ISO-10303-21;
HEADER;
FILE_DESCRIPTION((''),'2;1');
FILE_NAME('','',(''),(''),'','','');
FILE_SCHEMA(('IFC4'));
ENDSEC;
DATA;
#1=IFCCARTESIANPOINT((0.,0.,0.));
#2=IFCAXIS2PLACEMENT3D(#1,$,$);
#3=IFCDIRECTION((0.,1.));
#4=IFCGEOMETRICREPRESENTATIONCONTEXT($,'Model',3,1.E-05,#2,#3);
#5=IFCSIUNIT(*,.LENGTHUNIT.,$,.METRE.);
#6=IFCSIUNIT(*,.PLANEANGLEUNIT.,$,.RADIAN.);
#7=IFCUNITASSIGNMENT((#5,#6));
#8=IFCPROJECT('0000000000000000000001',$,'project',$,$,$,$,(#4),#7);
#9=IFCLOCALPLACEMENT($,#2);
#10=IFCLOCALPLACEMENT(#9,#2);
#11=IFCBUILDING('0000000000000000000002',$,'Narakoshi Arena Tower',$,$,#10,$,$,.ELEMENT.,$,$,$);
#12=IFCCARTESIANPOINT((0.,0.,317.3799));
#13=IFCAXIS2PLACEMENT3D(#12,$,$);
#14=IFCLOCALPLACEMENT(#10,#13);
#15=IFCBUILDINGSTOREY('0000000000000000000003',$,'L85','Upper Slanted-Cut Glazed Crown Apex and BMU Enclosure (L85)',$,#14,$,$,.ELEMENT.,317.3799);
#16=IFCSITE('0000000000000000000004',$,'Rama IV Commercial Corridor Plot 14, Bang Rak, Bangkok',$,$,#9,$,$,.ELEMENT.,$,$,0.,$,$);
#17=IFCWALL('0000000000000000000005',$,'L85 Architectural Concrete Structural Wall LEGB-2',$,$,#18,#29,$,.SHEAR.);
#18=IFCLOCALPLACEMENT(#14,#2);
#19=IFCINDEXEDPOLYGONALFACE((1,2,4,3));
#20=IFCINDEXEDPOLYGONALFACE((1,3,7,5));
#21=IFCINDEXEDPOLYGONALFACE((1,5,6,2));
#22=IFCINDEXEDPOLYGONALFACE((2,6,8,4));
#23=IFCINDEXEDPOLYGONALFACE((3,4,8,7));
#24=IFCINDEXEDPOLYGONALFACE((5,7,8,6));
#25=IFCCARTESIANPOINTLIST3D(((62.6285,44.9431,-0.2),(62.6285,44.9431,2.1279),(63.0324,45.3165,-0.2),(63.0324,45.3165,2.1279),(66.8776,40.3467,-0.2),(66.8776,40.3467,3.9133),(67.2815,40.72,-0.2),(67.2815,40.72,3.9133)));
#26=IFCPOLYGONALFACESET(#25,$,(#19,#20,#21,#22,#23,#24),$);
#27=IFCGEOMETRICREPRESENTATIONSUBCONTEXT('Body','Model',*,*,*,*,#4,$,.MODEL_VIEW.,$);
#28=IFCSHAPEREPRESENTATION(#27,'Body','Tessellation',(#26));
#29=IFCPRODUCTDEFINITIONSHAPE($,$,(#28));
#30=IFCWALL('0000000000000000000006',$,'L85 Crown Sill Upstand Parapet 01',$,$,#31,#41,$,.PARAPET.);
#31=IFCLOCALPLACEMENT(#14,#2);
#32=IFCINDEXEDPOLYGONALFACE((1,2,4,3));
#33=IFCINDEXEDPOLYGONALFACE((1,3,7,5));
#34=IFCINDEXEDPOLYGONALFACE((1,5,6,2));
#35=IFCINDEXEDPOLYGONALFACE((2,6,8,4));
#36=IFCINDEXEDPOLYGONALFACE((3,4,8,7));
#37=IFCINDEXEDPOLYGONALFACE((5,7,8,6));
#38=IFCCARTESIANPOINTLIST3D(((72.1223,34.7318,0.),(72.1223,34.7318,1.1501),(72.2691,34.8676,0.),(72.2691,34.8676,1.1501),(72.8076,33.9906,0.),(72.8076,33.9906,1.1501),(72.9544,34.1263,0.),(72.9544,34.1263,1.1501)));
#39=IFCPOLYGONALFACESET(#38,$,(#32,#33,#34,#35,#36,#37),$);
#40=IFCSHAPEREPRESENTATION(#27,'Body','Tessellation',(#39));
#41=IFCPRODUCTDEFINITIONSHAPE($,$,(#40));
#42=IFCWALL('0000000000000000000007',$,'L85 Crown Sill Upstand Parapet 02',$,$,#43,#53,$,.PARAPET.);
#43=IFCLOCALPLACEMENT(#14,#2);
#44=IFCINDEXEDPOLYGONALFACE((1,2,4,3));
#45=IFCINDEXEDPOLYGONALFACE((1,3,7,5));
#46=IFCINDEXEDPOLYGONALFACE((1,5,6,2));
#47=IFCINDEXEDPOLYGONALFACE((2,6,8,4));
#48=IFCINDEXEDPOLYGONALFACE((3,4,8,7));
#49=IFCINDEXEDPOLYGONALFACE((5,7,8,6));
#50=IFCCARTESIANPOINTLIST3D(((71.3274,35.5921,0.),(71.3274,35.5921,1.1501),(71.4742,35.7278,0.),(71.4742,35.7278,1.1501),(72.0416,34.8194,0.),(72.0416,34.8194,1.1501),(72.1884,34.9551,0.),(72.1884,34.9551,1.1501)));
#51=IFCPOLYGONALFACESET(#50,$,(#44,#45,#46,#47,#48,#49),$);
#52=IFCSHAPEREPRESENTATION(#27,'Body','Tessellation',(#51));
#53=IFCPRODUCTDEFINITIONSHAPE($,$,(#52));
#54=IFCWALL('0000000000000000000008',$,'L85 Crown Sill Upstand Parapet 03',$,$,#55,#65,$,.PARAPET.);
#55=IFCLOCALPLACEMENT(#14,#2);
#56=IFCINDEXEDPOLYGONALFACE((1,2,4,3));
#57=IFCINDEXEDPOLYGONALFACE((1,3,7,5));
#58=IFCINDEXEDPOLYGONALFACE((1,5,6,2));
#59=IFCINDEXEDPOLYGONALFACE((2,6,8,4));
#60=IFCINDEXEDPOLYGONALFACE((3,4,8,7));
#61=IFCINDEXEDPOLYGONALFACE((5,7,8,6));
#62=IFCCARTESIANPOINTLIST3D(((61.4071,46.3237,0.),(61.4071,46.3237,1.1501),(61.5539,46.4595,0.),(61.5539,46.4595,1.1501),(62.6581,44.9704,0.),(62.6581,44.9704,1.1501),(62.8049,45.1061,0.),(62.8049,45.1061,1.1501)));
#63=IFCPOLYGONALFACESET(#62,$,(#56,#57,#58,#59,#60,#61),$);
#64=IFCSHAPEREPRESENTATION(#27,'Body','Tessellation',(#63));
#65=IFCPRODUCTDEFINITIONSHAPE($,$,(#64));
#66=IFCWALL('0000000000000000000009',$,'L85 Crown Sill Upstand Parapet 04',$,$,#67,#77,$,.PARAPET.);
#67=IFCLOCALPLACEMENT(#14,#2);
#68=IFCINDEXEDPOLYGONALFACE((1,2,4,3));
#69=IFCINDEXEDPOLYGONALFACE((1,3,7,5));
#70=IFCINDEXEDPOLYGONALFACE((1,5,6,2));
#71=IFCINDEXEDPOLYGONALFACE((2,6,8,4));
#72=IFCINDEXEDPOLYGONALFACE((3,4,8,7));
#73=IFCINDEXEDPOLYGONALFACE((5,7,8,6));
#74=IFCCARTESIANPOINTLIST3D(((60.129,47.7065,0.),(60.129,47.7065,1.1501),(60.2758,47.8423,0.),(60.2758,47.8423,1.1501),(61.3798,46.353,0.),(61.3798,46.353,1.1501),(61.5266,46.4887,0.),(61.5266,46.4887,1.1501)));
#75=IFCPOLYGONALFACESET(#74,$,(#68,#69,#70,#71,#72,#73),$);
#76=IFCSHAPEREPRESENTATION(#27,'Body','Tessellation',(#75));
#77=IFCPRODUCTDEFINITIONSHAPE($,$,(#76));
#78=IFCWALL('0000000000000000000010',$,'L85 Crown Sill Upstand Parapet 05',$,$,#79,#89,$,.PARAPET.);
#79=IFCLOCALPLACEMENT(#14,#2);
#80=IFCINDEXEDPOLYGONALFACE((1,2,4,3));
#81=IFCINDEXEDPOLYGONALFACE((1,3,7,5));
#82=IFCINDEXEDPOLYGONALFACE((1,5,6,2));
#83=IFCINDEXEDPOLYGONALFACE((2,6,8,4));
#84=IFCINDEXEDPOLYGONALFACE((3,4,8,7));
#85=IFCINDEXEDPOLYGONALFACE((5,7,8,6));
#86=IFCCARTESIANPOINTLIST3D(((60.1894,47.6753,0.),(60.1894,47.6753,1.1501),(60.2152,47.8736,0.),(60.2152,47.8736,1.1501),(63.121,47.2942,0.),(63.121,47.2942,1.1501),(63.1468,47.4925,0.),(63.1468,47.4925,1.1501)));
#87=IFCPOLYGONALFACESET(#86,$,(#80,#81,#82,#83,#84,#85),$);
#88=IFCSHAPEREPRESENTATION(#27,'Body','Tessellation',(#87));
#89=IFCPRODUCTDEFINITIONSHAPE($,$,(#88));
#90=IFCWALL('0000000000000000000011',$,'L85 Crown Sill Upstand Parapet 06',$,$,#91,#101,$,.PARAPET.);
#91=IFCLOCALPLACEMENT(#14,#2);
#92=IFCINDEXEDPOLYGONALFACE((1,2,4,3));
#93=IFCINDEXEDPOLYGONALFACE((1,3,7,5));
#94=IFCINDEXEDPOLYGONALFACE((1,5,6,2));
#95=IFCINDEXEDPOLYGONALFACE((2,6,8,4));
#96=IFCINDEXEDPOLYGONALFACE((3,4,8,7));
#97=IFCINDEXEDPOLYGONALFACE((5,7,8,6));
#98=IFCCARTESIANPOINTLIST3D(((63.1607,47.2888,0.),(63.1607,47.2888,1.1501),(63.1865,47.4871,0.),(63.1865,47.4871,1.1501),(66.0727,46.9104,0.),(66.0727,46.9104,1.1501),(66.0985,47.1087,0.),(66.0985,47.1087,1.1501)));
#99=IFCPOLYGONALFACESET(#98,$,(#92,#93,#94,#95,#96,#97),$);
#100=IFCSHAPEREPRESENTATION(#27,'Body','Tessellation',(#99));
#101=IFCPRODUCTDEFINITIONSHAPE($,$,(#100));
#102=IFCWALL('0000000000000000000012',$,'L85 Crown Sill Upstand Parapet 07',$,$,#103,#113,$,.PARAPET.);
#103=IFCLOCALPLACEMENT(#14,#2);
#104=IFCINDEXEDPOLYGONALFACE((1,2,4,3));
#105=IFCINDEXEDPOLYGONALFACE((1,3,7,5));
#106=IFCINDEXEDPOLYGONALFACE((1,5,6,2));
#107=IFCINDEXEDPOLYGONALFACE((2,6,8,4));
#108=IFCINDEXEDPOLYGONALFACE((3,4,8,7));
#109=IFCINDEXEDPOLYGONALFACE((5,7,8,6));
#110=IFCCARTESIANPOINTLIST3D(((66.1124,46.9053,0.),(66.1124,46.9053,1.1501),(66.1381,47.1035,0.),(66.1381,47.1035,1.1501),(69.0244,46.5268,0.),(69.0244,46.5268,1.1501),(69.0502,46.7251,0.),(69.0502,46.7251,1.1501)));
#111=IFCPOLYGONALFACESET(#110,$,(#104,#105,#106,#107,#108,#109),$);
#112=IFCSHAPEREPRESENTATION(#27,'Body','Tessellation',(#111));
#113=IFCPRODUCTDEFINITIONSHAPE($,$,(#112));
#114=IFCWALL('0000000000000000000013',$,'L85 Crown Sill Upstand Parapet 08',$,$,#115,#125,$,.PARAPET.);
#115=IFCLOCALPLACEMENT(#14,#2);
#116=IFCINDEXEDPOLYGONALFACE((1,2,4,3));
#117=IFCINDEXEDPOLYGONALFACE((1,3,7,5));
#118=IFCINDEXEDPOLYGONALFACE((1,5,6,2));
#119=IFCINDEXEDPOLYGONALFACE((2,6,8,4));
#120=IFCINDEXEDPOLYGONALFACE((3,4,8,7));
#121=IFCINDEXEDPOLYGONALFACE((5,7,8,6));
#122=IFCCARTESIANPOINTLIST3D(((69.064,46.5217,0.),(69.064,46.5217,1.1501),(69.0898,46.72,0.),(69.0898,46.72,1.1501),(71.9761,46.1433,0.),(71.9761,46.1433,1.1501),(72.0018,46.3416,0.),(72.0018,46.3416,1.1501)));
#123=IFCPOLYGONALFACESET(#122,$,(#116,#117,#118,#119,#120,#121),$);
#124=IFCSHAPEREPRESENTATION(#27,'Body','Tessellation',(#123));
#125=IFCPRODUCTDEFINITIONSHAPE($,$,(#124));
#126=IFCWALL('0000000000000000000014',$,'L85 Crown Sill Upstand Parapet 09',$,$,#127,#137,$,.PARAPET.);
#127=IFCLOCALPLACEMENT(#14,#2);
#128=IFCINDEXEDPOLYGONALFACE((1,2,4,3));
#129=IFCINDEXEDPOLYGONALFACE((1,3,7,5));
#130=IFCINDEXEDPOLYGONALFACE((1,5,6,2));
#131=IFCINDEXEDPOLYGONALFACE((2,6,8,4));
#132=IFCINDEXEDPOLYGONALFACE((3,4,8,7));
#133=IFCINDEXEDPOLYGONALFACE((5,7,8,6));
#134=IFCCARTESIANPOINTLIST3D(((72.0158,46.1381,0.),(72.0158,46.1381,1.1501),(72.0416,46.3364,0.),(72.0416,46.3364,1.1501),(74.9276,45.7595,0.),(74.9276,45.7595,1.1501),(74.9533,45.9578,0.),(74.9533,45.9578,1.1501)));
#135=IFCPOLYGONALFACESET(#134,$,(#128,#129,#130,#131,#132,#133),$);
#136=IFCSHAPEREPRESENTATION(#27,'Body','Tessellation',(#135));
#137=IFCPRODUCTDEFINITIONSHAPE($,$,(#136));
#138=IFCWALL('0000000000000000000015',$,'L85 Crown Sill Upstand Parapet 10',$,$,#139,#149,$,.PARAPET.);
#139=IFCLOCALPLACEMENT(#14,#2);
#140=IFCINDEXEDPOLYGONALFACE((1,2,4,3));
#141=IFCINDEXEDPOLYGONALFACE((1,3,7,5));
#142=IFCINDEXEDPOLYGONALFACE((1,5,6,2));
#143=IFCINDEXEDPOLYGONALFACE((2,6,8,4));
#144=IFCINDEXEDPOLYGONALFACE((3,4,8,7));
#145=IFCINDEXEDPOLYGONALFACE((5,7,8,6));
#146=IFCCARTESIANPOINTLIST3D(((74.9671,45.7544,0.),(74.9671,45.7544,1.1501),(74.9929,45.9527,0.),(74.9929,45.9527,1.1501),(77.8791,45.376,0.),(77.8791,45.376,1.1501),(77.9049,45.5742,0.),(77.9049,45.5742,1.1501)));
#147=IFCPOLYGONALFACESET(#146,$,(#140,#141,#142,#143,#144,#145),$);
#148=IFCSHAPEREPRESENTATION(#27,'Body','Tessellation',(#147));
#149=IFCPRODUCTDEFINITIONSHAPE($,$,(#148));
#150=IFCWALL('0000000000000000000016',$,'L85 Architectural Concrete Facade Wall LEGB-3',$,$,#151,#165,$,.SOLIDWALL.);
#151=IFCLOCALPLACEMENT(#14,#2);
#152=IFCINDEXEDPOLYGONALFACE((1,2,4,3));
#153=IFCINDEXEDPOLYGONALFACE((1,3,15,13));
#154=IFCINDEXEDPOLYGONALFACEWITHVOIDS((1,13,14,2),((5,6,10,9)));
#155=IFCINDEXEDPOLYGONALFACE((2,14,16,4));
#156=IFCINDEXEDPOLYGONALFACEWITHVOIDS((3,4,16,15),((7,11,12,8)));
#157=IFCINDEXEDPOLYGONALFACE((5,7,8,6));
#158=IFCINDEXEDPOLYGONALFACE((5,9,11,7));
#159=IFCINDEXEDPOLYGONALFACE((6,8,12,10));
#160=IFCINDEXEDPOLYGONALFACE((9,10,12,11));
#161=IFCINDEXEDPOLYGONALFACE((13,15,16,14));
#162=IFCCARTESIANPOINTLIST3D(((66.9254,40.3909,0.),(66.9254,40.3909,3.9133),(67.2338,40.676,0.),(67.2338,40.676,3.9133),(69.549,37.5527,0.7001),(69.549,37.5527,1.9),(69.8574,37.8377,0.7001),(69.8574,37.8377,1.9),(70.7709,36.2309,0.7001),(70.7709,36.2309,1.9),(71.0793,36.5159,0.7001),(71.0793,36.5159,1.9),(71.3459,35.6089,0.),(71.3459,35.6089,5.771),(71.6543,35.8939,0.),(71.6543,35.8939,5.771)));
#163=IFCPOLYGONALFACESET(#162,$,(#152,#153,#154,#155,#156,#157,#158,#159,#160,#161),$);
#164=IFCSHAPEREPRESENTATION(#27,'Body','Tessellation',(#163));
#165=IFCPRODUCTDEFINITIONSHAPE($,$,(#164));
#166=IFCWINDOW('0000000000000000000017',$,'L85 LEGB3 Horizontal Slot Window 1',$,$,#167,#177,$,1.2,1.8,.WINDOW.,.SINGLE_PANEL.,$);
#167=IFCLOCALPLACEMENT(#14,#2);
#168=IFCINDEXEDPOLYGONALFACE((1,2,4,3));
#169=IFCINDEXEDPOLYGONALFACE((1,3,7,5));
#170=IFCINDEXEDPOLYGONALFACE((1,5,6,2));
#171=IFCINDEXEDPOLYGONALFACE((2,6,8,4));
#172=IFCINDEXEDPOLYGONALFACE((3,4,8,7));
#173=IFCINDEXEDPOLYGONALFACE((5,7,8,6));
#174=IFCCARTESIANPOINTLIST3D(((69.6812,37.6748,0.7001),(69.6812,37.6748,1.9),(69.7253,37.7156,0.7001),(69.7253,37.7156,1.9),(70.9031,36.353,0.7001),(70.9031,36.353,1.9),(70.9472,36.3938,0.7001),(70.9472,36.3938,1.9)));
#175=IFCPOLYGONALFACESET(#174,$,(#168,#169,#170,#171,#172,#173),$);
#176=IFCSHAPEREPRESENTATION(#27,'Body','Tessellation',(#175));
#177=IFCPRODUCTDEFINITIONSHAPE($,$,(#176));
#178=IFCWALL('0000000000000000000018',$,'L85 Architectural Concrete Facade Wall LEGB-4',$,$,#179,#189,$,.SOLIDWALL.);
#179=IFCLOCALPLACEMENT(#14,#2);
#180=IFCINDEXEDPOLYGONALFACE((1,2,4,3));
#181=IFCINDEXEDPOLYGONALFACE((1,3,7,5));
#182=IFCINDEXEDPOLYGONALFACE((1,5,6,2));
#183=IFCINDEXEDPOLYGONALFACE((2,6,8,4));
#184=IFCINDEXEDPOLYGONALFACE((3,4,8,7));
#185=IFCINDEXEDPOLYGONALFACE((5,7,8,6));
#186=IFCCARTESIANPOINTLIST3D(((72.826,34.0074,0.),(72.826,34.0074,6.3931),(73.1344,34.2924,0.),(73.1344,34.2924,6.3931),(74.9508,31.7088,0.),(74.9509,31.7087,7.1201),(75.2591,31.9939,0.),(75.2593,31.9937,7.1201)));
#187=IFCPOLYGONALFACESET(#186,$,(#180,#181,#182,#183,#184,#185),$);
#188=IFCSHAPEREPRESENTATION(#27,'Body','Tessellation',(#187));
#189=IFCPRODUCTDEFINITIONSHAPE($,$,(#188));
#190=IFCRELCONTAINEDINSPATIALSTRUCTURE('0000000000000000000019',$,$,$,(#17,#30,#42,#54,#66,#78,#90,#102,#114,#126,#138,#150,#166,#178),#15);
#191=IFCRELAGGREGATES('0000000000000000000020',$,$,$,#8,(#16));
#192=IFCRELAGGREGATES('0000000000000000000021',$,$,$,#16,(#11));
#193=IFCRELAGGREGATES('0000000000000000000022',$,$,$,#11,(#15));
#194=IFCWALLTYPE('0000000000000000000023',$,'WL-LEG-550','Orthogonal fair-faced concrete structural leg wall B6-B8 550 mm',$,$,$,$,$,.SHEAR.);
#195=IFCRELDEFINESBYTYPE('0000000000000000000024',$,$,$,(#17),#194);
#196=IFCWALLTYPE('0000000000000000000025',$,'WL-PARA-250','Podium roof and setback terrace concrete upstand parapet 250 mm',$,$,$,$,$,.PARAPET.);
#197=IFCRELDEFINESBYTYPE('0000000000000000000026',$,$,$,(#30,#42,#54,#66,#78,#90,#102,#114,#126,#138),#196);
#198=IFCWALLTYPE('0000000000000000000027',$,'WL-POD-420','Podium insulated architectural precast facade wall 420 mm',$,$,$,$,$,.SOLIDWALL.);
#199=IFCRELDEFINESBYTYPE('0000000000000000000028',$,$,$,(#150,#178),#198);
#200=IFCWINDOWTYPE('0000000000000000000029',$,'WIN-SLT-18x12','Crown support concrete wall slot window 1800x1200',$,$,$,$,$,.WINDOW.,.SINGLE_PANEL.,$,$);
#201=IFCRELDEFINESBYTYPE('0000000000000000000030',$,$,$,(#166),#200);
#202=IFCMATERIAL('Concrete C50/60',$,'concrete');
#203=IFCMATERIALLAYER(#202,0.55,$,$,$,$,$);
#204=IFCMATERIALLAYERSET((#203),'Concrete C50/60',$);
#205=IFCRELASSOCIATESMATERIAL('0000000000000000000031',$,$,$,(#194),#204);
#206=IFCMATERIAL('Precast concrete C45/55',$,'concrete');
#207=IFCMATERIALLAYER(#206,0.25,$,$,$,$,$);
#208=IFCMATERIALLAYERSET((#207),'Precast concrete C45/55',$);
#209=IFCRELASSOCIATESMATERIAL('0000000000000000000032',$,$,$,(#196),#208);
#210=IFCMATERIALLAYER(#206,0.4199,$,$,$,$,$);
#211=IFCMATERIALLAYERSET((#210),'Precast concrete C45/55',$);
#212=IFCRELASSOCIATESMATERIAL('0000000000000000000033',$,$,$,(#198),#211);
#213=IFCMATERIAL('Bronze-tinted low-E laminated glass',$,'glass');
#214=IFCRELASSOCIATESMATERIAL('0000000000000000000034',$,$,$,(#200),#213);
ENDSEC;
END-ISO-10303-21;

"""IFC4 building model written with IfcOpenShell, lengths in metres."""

from ifc_helpers import new_model, si_unit, direction, frame, frame_2d, origin, place, context, subcontext, project, spatial, polyline, rectangle, outline, extrude, material, layer, layer_set, type_object, element, fill, save


model = new_model("IFC4")

# Units and contexts
model_context = context("Model", 3, precision=1e-05, world=origin(), true_north=direction((0.0, 1.0)))
body_context = subcontext(model_context, "Body", "Model", "MODEL_VIEW")
ifc_project = project(units=[si_unit("LENGTHUNIT", "METRE"), si_unit("PLANEANGLEUNIT", "RADIAN")], contexts=[model_context])

# Site, building, storey
site_placement = place(None, origin())
site = spatial("IfcSite", under=ifc_project, at=site_placement, Name="Rama IV Commercial Corridor Plot 14, Bang Rak, Bangkok", CompositionType="ELEMENT", RefElevation=0.0)
building_placement = place(site_placement, origin())
building = spatial("IfcBuilding", under=site, at=building_placement, Name="Narakoshi Arena Tower", CompositionType="ELEMENT")
storey_placement = place(building_placement, frame((0.0, 0.0, 317.3799)))
storey = spatial("IfcBuildingStorey", under=building, at=storey_placement, Name="L85", Description="Upper Slanted-Cut Glazed Crown Apex and BMU Enclosure (L85)", CompositionType="ELEMENT", Elevation=317.3799)

# Shared definitions
ifc_material_1 = material(Name="Concrete C50/60", Category="concrete")

# Walls
ifc_layer_1 = layer(ifc_material_1, 0.55)
ifc_layer_set_1 = layer_set([ifc_layer_1], Name="Concrete C50/60")
wall_type_1 = type_object("IfcWallType", Name="WL-LEG-550", Description="Orthogonal fair-faced concrete structural leg wall B6-B8 550 mm", PredefinedType="SHEAR", material=ifc_layer_set_1)
wall_1_placement = place(storey_placement, frame((62.8306, 45.1299, -0.2), z_axis=(0.0, 0.0, 1.0), x_axis=(0.678811, -0.734313, 0.0)))
element("IfcWall", 1, at=wall_1_placement, inside=storey, type_object=wall_type_1, Name="L85 Architectural Concrete Structural Wall LEGB-2", PredefinedType="SHEAR", context=body_context, shape_type="SweptSolid", body=[
    extrude(outline(polyline([(0.0, 0.0), (6.2595, 0.0), (6.2595, 4.1133), (0.0, 2.3279), (0.0, 0.0)])), frame((0.0, 0.2749, 0.0), z_axis=(0.0, -1.0, 0.0), x_axis=(1.0, 0.0, 0.0)), (0.0, 0.0, 1.0), 0.55),
])
ifc_material_2 = material(Name="Precast concrete C45/55", Category="concrete")
ifc_layer_2 = layer(ifc_material_2, 0.25)
ifc_layer_set_2 = layer_set([ifc_layer_2], Name="Precast concrete C45/55")
wall_type_2 = type_object("IfcWallType", Name="WL-PARA-250", Description="Podium roof and setback terrace concrete upstand parapet 250 mm", PredefinedType="PARAPET", material=ifc_layer_set_2)
wall_2_placement = place(storey_placement, frame((72.8811, 34.0583, 0.0), z_axis=(0.0, 0.0, 1.0), x_axis=(-0.678873, 0.734256, 0.0)))
element("IfcWall", 2, at=wall_2_placement, inside=storey, type_object=wall_type_2, Name="L85 Crown Sill Upstand Parapet 01", PredefinedType="PARAPET", context=body_context, shape_type="SweptSolid", body=[
    extrude(rectangle(XDim=1.0095, YDim=0.2, at=frame_2d((0.5049, 0.0))), origin(), (0.0, 0.0, 1.0), 1.1501),
])
wall_3_placement = place(storey_placement, frame((72.115, 34.8872, 0.0), z_axis=(0.0, 0.0, 1.0), x_axis=(-0.678714, 0.734403, 0.0)))
element("IfcWall", 3, at=wall_3_placement, inside=storey, type_object=wall_type_2, Name="L85 Crown Sill Upstand Parapet 02", PredefinedType="PARAPET", context=body_context, shape_type="SweptSolid", body=[
    extrude(rectangle(XDim=1.0522, YDim=0.2, at=frame_2d((0.5261, 0.0))), origin(), (0.0, 0.0, 1.0), 1.1501),
])
for number, where, z_axis, x_axis, name in (
    (4, (62.7314, 45.0383, 0.0), (0.0, 0.0, 1.0), (-0.678808, 0.734316, 0.0), "L85 Crown Sill Upstand Parapet 03"),
    (5, (61.4531, 46.4209, 0.0), (0.0, 0.0, 1.0), (-0.678671, 0.734443, 0.0), "L85 Crown Sill Upstand Parapet 04"),
):
    element("IfcWall", number, at=place(storey_placement, frame(where, z_axis=z_axis, x_axis=x_axis)), inside=storey, type_object=wall_type_2, Name=name, PredefinedType="PARAPET", context=body_context, shape_type="SweptSolid", body=[
        extrude(rectangle(XDim=1.843, YDim=0.2, at=frame_2d((0.9214, 0.0))), origin(), (0.0, 0.0, 1.0), 1.1501),
    ])
wall_4_placement = place(storey_placement, frame((60.2024, 47.7744, 0.0), z_axis=(0.0, 0.0, 1.0), x_axis=(0.991656, -0.128912, 0.0)))
element("IfcWall", 6, at=wall_4_placement, inside=storey, type_object=wall_type_2, Name="L85 Crown Sill Upstand Parapet 05", PredefinedType="PARAPET", context=body_context, shape_type="SweptSolid", body=[
    extrude(rectangle(XDim=2.9563, YDim=0.2, at=frame_2d((1.478, 0.0))), origin(), (0.0, 0.0, 1.0), 1.1501),
])
for number, where, z_axis, x_axis, name in (
    (7, (63.1736, 47.3879, 0.0), (0.0, 0.0, 1.0), (0.991662, -0.128863, 0.0), "L85 Crown Sill Upstand Parapet 06"),
    (8, (66.1252, 47.0044, 0.0), (0.0, 0.0, 1.0), (0.991662, -0.128863, 0.0), "L85 Crown Sill Upstand Parapet 07"),
    (9, (69.0769, 46.6208, 0.0), (0.0, 0.0, 1.0), (0.991662, -0.128863, 0.0), "L85 Crown Sill Upstand Parapet 08"),
):
    element("IfcWall", number, at=place(storey_placement, frame(where, z_axis=z_axis, x_axis=x_axis)), inside=storey, type_object=wall_type_2, Name=name, PredefinedType="PARAPET", context=body_context, shape_type="SweptSolid", body=[
        extrude(rectangle(XDim=2.9365, YDim=0.2, at=frame_2d((1.4683, 0.0))), origin(), (0.0, 0.0, 1.0), 1.1501),
    ])
wall_5_placement = place(storey_placement, frame((72.0286, 46.2373, 0.0), z_axis=(0.0, 0.0, 1.0), x_axis=(0.99165, -0.128955, 0.0)))
element("IfcWall", 10, at=wall_5_placement, inside=storey, type_object=wall_type_2, Name="L85 Crown Sill Upstand Parapet 09", PredefinedType="PARAPET", context=body_context, shape_type="SweptSolid", body=[
    extrude(rectangle(XDim=2.9363, YDim=0.2, at=frame_2d((1.4683, 0.0))), origin(), (0.0, 0.0, 1.0), 1.1501),
])
wall_6_placement = place(storey_placement, frame((74.98, 45.8535, 0.0), z_axis=(0.0, 0.0, 1.0), x_axis=(0.991662, -0.128863, 0.0)))
element("IfcWall", 11, at=wall_6_placement, inside=storey, type_object=wall_type_2, Name="L85 Crown Sill Upstand Parapet 10", PredefinedType="PARAPET", context=body_context, shape_type="SweptSolid", body=[
    extrude(rectangle(XDim=2.9365, YDim=0.2, at=frame_2d((1.4683, 0.0))), origin(), (0.0, 0.0, 1.0), 1.1501),
])

# Wall, opening, window
ifc_layer_3 = layer(ifc_material_2, 0.4199)
ifc_layer_set_3 = layer_set([ifc_layer_3], Name="Precast concrete C45/55")
wall_type_3 = type_object("IfcWallType", Name="WL-POD-420", Description="Podium insulated architectural precast facade wall 420 mm", PredefinedType="SOLIDWALL", material=ifc_layer_set_3)
wall_7_placement = place(storey_placement, frame((67.0796, 40.5334, 0.0), z_axis=(0.0, 0.0, 1.0), x_axis=(0.6788, -0.734323, 0.0)))
wall_7 = element("IfcWall", 12, at=wall_7_placement, inside=storey, type_object=wall_type_3, Name="L85 Architectural Concrete Facade Wall LEGB-3", PredefinedType="SOLIDWALL", context=body_context, shape_type="SweptSolid", body=[
    extrude(outline(polyline([(0.0, 0.0), (6.5122, 0.0), (6.5122, 5.771), (0.0, 3.9133), (0.0, 0.0)])), frame((0.0, 0.21, 0.0), z_axis=(0.0, -1.0, 0.0), x_axis=(1.0, 0.0, 0.0)), (0.0, 0.0, 1.0), 0.4199),
])
opening_1_placement = place(wall_7_placement, frame((3.8652, 0.0, 0.7)))
opening_1 = element("IfcOpeningElement", 13, at=opening_1_placement, cuts=wall_7, PredefinedType="OPENING", context=body_context, shape_type="SweptSolid", body=[
    extrude(rectangle(XDim=1.8, YDim=1.2, at=frame_2d((0.8999, 0.6001))), frame((0.0, 0.22, 0.0), z_axis=(0.0, -1.0, 0.0), x_axis=(1.0, 0.0, 0.0)), (0.0, 0.0, 1.0), 0.4399),
])
ifc_material_3 = material(Name="Bronze-tinted low-E laminated glass", Category="glass")
window_type = type_object("IfcWindowType", Name="WIN-SLT-18x12", Description="Crown support concrete wall slot window 1800x1200", PartitioningType="SINGLE_PANEL", PredefinedType="WINDOW", material=ifc_material_3)
window_placement = place(opening_1_placement, origin())
window = element("IfcWindow", 14, at=window_placement, inside=storey, type_object=window_type, Name="L85 LEGB3 Horizontal Slot Window 1", OverallHeight=1.2, OverallWidth=1.8, PartitioningType="SINGLE_PANEL", PredefinedType="WINDOW", context=body_context, shape_type="SweptSolid", body=[
    extrude(rectangle(XDim=1.8, YDim=1.2, at=frame_2d((0.8999, 0.6001))), frame((0.0, 0.03, 0.0), z_axis=(0.0, -1.0, 0.0), x_axis=(1.0, 0.0, 0.0)), (0.0, 0.0, 1.0), 0.0601),
])
fill(opening_1, window)

# Wall
wall_8_placement = place(storey_placement, frame((72.9802, 34.1499, 0.0), z_axis=(0.0, 0.0, 1.0), x_axis=(0.678795, -0.734328, 0.0)))
element("IfcWall", 15, at=wall_8_placement, inside=storey, type_object=wall_type_3, Name="L85 Architectural Concrete Facade Wall LEGB-4", PredefinedType="SOLIDWALL", context=body_context, shape_type="SweptSolid", body=[
    extrude(outline(polyline([(0.0, 0.0), (3.1301, 0.0), (3.1304, 7.1201), (0.0, 6.3931), (0.0, 0.0)])), frame((0.0, 0.21, 0.0), z_axis=(0.0, -1.0, 0.0), x_axis=(1.0, 0.0, 0.0)), (0.0, 0.0, 1.0), 0.4199),
])

save(model, "model.ifc")
